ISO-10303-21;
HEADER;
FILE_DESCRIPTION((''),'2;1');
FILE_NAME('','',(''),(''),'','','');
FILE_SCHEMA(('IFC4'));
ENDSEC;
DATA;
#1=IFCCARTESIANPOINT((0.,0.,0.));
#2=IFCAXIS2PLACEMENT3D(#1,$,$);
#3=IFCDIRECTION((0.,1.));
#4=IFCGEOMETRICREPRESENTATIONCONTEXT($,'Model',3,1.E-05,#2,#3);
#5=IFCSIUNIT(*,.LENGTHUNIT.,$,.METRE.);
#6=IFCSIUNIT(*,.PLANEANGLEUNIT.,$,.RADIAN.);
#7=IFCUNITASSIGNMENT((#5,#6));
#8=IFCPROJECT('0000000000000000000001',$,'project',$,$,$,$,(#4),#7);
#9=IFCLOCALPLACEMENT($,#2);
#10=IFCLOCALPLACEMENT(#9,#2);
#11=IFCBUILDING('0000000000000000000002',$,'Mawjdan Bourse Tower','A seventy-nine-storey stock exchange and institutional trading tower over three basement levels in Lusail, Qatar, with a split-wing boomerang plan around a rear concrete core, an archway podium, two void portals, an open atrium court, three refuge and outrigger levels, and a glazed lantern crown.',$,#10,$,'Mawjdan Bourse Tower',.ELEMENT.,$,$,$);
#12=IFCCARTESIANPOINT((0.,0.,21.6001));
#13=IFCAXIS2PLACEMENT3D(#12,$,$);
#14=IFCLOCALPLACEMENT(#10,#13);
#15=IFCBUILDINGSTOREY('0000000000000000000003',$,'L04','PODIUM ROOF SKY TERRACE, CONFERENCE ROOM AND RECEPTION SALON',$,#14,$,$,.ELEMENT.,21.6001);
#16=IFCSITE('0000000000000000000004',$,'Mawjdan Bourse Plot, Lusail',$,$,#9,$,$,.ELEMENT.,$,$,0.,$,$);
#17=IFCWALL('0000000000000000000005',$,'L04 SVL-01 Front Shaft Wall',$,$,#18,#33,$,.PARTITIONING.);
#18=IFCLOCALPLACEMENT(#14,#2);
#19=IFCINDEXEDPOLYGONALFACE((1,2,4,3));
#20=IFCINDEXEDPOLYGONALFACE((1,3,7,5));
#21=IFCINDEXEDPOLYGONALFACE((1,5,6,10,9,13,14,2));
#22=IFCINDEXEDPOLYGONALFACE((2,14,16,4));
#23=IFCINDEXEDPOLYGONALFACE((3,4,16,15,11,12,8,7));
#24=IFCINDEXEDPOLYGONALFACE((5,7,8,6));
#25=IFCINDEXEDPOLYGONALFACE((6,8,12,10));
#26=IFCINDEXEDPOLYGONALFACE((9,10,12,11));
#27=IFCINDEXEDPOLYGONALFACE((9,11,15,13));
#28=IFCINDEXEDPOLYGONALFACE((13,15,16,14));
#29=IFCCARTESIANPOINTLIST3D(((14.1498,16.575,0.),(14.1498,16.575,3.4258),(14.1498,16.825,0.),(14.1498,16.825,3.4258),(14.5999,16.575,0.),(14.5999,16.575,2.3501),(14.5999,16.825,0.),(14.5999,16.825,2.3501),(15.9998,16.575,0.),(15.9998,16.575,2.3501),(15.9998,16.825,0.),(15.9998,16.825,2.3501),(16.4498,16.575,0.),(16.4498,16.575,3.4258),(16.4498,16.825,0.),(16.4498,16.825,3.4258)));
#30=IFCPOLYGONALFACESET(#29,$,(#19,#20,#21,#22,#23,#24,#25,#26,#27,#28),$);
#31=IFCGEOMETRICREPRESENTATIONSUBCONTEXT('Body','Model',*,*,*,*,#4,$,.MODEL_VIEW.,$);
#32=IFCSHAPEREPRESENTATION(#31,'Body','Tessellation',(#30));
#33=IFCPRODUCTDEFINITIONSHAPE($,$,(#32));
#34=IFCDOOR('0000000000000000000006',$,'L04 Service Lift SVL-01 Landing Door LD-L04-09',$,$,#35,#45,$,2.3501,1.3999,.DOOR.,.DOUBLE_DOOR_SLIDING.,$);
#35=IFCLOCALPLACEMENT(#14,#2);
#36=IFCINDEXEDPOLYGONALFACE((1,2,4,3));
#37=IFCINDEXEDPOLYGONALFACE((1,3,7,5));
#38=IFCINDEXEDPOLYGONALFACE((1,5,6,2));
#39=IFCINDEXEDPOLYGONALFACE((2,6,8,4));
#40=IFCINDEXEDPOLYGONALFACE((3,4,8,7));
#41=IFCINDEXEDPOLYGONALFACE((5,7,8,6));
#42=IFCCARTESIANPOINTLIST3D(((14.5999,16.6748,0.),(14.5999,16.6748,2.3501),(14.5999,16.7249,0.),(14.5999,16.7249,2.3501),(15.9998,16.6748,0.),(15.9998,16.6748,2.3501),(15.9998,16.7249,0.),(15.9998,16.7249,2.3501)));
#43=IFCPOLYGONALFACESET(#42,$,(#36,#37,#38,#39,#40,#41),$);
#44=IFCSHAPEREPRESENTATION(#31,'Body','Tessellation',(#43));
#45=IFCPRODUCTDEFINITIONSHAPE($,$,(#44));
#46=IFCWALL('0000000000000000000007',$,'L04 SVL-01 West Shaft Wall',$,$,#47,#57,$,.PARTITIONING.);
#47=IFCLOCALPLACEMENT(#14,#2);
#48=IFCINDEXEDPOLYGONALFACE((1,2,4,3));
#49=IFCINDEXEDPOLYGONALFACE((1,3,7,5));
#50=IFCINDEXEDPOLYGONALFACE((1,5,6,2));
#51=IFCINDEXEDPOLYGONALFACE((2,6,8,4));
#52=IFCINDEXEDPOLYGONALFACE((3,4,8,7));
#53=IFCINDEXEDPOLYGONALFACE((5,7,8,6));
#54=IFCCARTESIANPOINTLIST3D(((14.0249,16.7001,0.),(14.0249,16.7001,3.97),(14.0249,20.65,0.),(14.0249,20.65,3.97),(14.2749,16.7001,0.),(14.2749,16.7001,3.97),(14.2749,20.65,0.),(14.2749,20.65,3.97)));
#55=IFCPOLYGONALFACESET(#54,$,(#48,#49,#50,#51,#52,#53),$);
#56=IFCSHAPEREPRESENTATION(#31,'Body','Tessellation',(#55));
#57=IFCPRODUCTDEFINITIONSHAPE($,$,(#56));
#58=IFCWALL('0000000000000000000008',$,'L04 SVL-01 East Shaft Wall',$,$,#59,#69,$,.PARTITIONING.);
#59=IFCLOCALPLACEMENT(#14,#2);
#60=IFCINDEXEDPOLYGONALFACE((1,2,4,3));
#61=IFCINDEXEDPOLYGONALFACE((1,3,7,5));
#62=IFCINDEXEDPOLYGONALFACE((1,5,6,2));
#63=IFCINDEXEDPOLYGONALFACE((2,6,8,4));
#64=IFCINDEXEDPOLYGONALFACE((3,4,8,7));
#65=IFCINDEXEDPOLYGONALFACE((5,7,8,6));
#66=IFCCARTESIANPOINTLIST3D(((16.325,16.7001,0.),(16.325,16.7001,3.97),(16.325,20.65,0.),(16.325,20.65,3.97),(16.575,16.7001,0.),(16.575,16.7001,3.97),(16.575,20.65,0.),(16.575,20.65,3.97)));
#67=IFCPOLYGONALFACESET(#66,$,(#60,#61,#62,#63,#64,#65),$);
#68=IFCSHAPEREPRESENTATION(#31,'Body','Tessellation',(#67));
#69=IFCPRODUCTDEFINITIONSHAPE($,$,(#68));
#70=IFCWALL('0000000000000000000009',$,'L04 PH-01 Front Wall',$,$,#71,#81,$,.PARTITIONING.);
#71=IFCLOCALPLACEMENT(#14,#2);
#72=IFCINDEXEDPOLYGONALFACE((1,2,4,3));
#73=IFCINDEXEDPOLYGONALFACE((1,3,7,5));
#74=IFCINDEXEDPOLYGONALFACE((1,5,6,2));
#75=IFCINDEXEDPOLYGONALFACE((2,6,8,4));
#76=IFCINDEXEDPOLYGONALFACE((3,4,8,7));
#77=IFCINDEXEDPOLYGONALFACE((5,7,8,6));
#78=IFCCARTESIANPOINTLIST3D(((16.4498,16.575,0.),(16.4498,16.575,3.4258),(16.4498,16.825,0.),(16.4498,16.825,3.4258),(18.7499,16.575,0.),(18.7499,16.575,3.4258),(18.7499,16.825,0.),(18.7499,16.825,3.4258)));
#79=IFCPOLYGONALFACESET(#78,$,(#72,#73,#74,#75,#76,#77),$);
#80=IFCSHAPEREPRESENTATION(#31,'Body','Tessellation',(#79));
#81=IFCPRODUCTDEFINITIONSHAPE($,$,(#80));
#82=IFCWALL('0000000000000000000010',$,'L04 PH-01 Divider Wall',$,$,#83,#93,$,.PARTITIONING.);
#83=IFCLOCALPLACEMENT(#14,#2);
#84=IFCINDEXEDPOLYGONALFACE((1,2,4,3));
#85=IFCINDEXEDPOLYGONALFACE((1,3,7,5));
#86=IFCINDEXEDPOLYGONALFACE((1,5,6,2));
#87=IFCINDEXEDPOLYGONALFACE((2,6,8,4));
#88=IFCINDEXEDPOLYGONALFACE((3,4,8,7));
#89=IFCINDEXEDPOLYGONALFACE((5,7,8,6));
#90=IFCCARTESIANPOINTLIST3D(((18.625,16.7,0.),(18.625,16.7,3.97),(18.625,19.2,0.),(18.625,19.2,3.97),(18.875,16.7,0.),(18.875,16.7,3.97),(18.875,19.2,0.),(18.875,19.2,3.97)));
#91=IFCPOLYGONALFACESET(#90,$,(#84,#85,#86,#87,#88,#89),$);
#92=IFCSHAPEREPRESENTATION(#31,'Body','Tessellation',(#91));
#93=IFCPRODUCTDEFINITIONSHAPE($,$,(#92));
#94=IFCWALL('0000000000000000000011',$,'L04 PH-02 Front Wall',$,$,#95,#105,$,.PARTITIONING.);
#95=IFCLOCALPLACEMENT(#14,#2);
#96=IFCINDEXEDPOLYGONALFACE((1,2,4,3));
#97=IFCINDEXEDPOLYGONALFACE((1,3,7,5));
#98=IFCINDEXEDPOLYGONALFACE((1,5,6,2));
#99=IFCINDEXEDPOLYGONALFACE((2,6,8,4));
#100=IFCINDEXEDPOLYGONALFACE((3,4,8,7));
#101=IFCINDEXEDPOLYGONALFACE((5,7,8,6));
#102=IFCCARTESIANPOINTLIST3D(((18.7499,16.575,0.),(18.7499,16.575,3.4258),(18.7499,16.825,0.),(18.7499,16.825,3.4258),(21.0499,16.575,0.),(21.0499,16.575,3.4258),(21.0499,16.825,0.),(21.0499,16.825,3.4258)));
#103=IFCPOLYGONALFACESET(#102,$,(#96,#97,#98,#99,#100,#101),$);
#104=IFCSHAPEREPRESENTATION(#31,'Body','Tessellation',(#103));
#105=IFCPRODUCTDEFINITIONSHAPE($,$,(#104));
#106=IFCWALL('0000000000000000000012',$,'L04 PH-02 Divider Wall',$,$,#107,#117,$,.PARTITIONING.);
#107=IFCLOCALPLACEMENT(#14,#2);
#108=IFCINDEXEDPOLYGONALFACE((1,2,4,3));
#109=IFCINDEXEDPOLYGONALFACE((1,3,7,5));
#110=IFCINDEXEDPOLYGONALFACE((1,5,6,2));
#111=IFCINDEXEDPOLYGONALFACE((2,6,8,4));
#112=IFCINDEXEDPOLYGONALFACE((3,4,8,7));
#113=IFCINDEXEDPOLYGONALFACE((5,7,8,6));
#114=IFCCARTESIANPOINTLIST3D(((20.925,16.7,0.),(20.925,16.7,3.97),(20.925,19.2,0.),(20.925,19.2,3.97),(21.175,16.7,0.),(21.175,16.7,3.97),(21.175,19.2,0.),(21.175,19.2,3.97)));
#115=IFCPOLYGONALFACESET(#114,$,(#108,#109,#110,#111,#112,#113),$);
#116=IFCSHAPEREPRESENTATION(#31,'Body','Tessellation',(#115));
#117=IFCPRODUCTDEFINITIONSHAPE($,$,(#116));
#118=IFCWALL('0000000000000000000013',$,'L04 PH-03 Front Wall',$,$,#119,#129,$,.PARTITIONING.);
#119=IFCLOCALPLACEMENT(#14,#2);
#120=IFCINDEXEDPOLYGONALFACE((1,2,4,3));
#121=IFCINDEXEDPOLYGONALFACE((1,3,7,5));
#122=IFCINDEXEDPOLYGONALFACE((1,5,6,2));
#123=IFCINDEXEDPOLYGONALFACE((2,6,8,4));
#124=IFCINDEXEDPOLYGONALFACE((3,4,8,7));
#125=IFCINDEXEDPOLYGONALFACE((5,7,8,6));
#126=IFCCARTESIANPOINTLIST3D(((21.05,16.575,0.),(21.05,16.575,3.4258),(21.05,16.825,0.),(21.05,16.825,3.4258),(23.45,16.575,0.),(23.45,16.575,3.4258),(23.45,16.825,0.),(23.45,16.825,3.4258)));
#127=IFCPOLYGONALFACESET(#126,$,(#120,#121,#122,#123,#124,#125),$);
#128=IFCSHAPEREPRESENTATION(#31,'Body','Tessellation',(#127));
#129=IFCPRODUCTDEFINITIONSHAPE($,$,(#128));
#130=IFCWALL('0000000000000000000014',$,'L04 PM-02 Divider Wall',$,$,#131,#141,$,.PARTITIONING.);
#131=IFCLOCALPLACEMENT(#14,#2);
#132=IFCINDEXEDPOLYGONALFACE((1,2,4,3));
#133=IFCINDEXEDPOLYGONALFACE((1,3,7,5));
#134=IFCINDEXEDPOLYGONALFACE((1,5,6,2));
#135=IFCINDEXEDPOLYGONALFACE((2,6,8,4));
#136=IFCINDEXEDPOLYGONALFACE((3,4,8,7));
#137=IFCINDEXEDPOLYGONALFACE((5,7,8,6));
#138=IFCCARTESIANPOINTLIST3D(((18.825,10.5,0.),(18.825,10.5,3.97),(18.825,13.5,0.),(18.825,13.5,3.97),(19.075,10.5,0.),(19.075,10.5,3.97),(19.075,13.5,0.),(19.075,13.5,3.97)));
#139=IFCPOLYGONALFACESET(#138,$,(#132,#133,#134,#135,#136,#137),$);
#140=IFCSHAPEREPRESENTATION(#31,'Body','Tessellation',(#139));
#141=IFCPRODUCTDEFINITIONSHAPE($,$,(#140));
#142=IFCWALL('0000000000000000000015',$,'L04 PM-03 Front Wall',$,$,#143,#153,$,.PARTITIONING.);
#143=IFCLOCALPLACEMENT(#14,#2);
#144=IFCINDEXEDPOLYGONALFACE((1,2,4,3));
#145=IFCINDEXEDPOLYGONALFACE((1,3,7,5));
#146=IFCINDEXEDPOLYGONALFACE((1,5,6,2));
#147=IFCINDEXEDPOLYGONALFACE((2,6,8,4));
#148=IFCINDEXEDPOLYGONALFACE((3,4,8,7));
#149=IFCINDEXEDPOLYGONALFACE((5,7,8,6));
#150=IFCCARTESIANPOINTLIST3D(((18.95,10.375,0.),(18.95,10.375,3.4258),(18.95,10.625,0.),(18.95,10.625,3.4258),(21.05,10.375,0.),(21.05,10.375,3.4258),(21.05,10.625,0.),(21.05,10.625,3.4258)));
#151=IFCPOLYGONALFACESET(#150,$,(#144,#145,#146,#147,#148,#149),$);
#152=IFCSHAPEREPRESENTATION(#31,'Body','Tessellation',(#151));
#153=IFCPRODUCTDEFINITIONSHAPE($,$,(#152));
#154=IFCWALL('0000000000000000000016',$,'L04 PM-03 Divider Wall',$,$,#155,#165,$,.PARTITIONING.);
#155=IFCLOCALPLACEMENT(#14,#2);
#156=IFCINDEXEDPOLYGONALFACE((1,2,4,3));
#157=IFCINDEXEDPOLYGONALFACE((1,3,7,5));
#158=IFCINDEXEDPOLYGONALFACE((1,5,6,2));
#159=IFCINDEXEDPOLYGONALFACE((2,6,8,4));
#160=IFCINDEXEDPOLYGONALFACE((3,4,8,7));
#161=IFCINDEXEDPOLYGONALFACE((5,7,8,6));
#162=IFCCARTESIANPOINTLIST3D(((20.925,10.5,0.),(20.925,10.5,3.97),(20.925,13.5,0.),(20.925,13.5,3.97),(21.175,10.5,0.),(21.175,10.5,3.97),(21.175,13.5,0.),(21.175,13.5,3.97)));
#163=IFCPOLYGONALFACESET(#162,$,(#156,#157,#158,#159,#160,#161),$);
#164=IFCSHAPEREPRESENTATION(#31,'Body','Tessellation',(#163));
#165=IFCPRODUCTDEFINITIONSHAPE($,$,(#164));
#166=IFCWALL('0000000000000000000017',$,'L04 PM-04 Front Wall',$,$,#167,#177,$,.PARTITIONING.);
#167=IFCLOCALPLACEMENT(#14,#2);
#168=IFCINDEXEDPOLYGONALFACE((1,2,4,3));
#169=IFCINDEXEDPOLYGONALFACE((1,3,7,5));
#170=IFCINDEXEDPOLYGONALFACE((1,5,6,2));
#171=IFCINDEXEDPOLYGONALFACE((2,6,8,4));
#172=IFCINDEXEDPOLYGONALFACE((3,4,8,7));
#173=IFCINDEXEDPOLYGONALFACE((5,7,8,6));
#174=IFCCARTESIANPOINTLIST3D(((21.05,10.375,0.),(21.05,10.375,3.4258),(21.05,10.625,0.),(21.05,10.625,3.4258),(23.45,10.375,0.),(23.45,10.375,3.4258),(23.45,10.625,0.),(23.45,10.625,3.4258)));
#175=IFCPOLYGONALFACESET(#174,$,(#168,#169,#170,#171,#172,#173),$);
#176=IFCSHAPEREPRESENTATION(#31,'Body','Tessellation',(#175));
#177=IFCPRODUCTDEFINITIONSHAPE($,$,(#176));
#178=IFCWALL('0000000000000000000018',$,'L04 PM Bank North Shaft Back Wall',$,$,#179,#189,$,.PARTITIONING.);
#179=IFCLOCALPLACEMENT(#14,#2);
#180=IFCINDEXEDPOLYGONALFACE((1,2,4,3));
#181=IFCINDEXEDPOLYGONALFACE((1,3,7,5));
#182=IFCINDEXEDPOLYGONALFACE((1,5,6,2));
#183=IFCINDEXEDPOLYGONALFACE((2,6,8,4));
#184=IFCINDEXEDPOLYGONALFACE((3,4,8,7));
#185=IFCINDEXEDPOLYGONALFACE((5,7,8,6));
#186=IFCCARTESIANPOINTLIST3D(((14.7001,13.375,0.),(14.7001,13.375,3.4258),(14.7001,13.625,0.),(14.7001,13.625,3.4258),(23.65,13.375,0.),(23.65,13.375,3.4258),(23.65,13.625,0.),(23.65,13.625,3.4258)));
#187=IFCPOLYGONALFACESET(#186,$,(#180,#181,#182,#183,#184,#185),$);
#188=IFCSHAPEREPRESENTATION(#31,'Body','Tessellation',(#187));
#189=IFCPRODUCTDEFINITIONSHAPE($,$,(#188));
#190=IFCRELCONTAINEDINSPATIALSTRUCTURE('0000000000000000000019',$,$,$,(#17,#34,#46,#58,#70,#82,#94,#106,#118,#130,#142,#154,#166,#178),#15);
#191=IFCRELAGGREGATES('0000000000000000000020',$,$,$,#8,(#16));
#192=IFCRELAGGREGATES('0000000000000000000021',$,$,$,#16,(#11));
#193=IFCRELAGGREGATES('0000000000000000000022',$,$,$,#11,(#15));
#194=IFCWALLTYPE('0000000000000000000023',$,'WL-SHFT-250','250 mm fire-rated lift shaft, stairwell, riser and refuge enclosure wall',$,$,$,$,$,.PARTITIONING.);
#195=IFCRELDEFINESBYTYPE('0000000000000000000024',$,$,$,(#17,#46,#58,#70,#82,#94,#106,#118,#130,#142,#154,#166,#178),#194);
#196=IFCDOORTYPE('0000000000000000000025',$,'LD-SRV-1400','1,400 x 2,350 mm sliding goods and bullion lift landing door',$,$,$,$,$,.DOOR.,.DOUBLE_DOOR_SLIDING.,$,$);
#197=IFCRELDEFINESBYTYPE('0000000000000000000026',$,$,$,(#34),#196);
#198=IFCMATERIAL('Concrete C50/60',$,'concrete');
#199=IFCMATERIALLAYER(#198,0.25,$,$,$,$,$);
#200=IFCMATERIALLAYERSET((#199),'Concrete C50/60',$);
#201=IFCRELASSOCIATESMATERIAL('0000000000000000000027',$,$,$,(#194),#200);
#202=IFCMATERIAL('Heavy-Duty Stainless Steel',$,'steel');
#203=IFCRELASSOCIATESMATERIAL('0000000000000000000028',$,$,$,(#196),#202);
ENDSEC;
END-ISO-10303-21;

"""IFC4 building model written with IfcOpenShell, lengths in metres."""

from ifc_helpers import new_model, si_unit, direction, frame, frame_2d, origin, place, context, subcontext, project, spatial, rectangle, extrude, material, layer, layer_set, type_object, element, fill, save


model = new_model("IFC4")

# Units and contexts
model_context = context("Model", 3, precision=1e-05, world=origin(), true_north=direction((0.0, 1.0)))
body_context = subcontext(model_context, "Body", "Model", "MODEL_VIEW")
ifc_project = project(units=[si_unit("LENGTHUNIT", "METRE"), si_unit("PLANEANGLEUNIT", "RADIAN")], contexts=[model_context])

# Site, building, storey
site_placement = place(None, origin())
site = spatial("IfcSite", under=ifc_project, at=site_placement, Name="Mawjdan Bourse Plot, Lusail", CompositionType="ELEMENT", RefElevation=0.0)
building_placement = place(site_placement, origin())
building = spatial("IfcBuilding", under=site, at=building_placement, Name="Mawjdan Bourse Tower", Description="A seventy-nine-storey stock exchange and institutional trading tower over three basement levels in Lusail, Qatar, with a split-wing boomerang plan around a rear concrete core, an archway podium, two void portals, an open atrium court, three refuge and outrigger levels, and a glazed lantern crown.", LongName="Mawjdan Bourse Tower", CompositionType="ELEMENT")
storey_placement = place(building_placement, frame((0.0, 0.0, 21.6001)))
storey = spatial("IfcBuildingStorey", under=building, at=storey_placement, Name="L04", Description="PODIUM ROOF SKY TERRACE, CONFERENCE ROOM AND RECEPTION SALON", CompositionType="ELEMENT", Elevation=21.6001)

# Shared definitions
ifc_material_1 = material(Name="Concrete C50/60", Category="concrete")
ifc_layer_1 = layer(ifc_material_1, 0.25)
ifc_layer_set_1 = layer_set([ifc_layer_1], Name="Concrete C50/60")
wall_type_1 = type_object("IfcWallType", Name="WL-SHFT-250", Description="250 mm fire-rated lift shaft, stairwell, riser and refuge enclosure wall", PredefinedType="PARTITIONING", material=ifc_layer_set_1)

# Wall, opening, door
wall_1_placement = place(storey_placement, frame((14.1499, 16.7, 0.0), z_axis=(0.0, 0.0, 1.0), x_axis=(1.0, 0.0, 0.0)))
wall_1 = element("IfcWall", 1, at=wall_1_placement, inside=storey, type_object=wall_type_1, Name="L04 SVL-01 Front Shaft Wall", PredefinedType="PARTITIONING", context=body_context, shape_type="SweptSolid", body=[
    extrude(rectangle(XDim=2.3, YDim=0.25, at=frame_2d((1.1499, 0.0))), origin(), (0.0, 0.0, 1.0), 3.4258),
])
opening_1_placement = place(wall_1_placement, frame((0.45, 0.0, 0.0)))
opening_1 = element("IfcOpeningElement", 2, at=opening_1_placement, cuts=wall_1, PredefinedType="OPENING", context=body_context, shape_type="SweptSolid", body=[
    extrude(rectangle(XDim=1.3999, YDim=2.3501, at=frame_2d((0.7, 1.175))), frame((0.0, 0.135, 0.0), z_axis=(0.0, -1.0, 0.0), x_axis=(1.0, 0.0, 0.0)), (0.0, 0.0, 1.0), 0.27),
])
ifc_material_2 = material(Name="Heavy-Duty Stainless Steel", Category="steel")
door_type_1 = type_object("IfcDoorType", Name="LD-SRV-1400", Description="1,400 x 2,350 mm sliding goods and bullion lift landing door", OperationType="DOUBLE_DOOR_SLIDING", PredefinedType="DOOR", material=ifc_material_2)
door_1_placement = place(opening_1_placement, origin())
door_1 = element("IfcDoor", 3, at=door_1_placement, inside=storey, type_object=door_type_1, Name="L04 Service Lift SVL-01 Landing Door LD-L04-09", OperationType="DOUBLE_DOOR_SLIDING", OverallHeight=2.3501, OverallWidth=1.3999, PredefinedType="DOOR", context=body_context, shape_type="SweptSolid", body=[
    extrude(rectangle(XDim=1.3999, YDim=2.3501, at=frame_2d((0.7, 1.175))), frame((0.0, 0.0249, 0.0), z_axis=(0.0, -1.0, 0.0), x_axis=(1.0, 0.0, 0.0)), (0.0, 0.0, 1.0), 0.05),
])
fill(opening_1, door_1)

# Walls
for number, where, z_axis, x_axis, name in (
    (4, (14.1499, 16.7, 0.0), (0.0, 0.0, 1.0), (0.0, 1.0, 0.0), "L04 SVL-01 West Shaft Wall"),
    (5, (16.45, 16.7, 0.0), (0.0, 0.0, 1.0), (0.0, 1.0, 0.0), "L04 SVL-01 East Shaft Wall"),
):
    element("IfcWall", number, at=place(storey_placement, frame(where, z_axis=z_axis, x_axis=x_axis)), inside=storey, type_object=wall_type_1, Name=name, PredefinedType="PARTITIONING", context=body_context, shape_type="SweptSolid", body=[
        extrude(rectangle(XDim=3.95, YDim=0.25, at=frame_2d((1.9751, 0.0))), origin(), (0.0, 0.0, 1.0), 3.97),
    ])
wall_2_placement = place(storey_placement, frame((16.45, 16.7, 0.0), z_axis=(0.0, 0.0, 1.0), x_axis=(1.0, 0.0, 0.0)))
element("IfcWall", 6, at=wall_2_placement, inside=storey, type_object=wall_type_1, Name="L04 PH-01 Front Wall", PredefinedType="PARTITIONING", context=body_context, shape_type="SweptSolid", body=[
    extrude(rectangle(XDim=2.3, YDim=0.25, at=frame_2d((1.1499, 0.0))), origin(), (0.0, 0.0, 1.0), 3.4258),
])
wall_3_placement = place(storey_placement, frame((18.75, 16.7, 0.0), z_axis=(0.0, 0.0, 1.0), x_axis=(0.0, 1.0, 0.0)))
element("IfcWall", 7, at=wall_3_placement, inside=storey, type_object=wall_type_1, Name="L04 PH-01 Divider Wall", PredefinedType="PARTITIONING", context=body_context, shape_type="SweptSolid", body=[
    extrude(rectangle(XDim=2.5, YDim=0.25, at=frame_2d((1.25, 0.0))), origin(), (0.0, 0.0, 1.0), 3.97),
])
wall_4_placement = place(storey_placement, frame((18.75, 16.7, 0.0), z_axis=(0.0, 0.0, 1.0), x_axis=(1.0, 0.0, 0.0)))
element("IfcWall", 8, at=wall_4_placement, inside=storey, type_object=wall_type_1, Name="L04 PH-02 Front Wall", PredefinedType="PARTITIONING", context=body_context, shape_type="SweptSolid", body=[
    extrude(rectangle(XDim=2.3, YDim=0.25, at=frame_2d((1.1499, 0.0))), origin(), (0.0, 0.0, 1.0), 3.4258),
])
wall_5_placement = place(storey_placement, frame((21.05, 16.7, 0.0), z_axis=(0.0, 0.0, 1.0), x_axis=(0.0, 1.0, 0.0)))
element("IfcWall", 9, at=wall_5_placement, inside=storey, type_object=wall_type_1, Name="L04 PH-02 Divider Wall", PredefinedType="PARTITIONING", context=body_context, shape_type="SweptSolid", body=[
    extrude(rectangle(XDim=2.5, YDim=0.25, at=frame_2d((1.25, 0.0))), origin(), (0.0, 0.0, 1.0), 3.97),
])
wall_6_placement = place(storey_placement, frame((21.05, 16.7, 0.0), z_axis=(0.0, 0.0, 1.0), x_axis=(1.0, 0.0, 0.0)))
element("IfcWall", 10, at=wall_6_placement, inside=storey, type_object=wall_type_1, Name="L04 PH-03 Front Wall", PredefinedType="PARTITIONING", context=body_context, shape_type="SweptSolid", body=[
    extrude(rectangle(XDim=2.3999, YDim=0.25, at=frame_2d((1.2, 0.0))), origin(), (0.0, 0.0, 1.0), 3.4258),
])
wall_7_placement = place(storey_placement, frame((18.95, 10.5, 0.0), z_axis=(0.0, 0.0, 1.0), x_axis=(0.0, 1.0, 0.0)))
element("IfcWall", 11, at=wall_7_placement, inside=storey, type_object=wall_type_1, Name="L04 PM-02 Divider Wall", PredefinedType="PARTITIONING", context=body_context, shape_type="SweptSolid", body=[
    extrude(rectangle(XDim=3.0, YDim=0.25, at=frame_2d((1.5, 0.0))), origin(), (0.0, 0.0, 1.0), 3.97),
])
wall_8_placement = place(storey_placement, frame((18.95, 10.5, 0.0), z_axis=(0.0, 0.0, 1.0), x_axis=(1.0, 0.0, 0.0)))
element("IfcWall", 12, at=wall_8_placement, inside=storey, type_object=wall_type_1, Name="L04 PM-03 Front Wall", PredefinedType="PARTITIONING", context=body_context, shape_type="SweptSolid", body=[
    extrude(rectangle(XDim=2.1001, YDim=0.25, at=frame_2d((1.05, 0.0))), origin(), (0.0, 0.0, 1.0), 3.4258),
])
wall_9_placement = place(storey_placement, frame((21.05, 10.5, 0.0), z_axis=(0.0, 0.0, 1.0), x_axis=(0.0, 1.0, 0.0)))
element("IfcWall", 13, at=wall_9_placement, inside=storey, type_object=wall_type_1, Name="L04 PM-03 Divider Wall", PredefinedType="PARTITIONING", context=body_context, shape_type="SweptSolid", body=[
    extrude(rectangle(XDim=3.0, YDim=0.25, at=frame_2d((1.5, 0.0))), origin(), (0.0, 0.0, 1.0), 3.97),
])
wall_10_placement = place(storey_placement, frame((21.05, 10.5, 0.0), z_axis=(0.0, 0.0, 1.0), x_axis=(1.0, 0.0, 0.0)))
element("IfcWall", 14, at=wall_10_placement, inside=storey, type_object=wall_type_1, Name="L04 PM-04 Front Wall", PredefinedType="PARTITIONING", context=body_context, shape_type="SweptSolid", body=[
    extrude(rectangle(XDim=2.3999, YDim=0.25, at=frame_2d((1.2, 0.0))), origin(), (0.0, 0.0, 1.0), 3.4258),
])
wall_11_placement = place(storey_placement, frame((14.7, 13.5, 0.0), z_axis=(0.0, 0.0, 1.0), x_axis=(1.0, 0.0, 0.0)))
element("IfcWall", 15, at=wall_11_placement, inside=storey, type_object=wall_type_1, Name="L04 PM Bank North Shaft Back Wall", PredefinedType="PARTITIONING", context=body_context, shape_type="SweptSolid", body=[
    extrude(rectangle(XDim=8.95, YDim=0.25, at=frame_2d((4.4751, 0.0))), origin(), (0.0, 0.0, 1.0), 3.4258),
])

save(model, "model.ifc")
